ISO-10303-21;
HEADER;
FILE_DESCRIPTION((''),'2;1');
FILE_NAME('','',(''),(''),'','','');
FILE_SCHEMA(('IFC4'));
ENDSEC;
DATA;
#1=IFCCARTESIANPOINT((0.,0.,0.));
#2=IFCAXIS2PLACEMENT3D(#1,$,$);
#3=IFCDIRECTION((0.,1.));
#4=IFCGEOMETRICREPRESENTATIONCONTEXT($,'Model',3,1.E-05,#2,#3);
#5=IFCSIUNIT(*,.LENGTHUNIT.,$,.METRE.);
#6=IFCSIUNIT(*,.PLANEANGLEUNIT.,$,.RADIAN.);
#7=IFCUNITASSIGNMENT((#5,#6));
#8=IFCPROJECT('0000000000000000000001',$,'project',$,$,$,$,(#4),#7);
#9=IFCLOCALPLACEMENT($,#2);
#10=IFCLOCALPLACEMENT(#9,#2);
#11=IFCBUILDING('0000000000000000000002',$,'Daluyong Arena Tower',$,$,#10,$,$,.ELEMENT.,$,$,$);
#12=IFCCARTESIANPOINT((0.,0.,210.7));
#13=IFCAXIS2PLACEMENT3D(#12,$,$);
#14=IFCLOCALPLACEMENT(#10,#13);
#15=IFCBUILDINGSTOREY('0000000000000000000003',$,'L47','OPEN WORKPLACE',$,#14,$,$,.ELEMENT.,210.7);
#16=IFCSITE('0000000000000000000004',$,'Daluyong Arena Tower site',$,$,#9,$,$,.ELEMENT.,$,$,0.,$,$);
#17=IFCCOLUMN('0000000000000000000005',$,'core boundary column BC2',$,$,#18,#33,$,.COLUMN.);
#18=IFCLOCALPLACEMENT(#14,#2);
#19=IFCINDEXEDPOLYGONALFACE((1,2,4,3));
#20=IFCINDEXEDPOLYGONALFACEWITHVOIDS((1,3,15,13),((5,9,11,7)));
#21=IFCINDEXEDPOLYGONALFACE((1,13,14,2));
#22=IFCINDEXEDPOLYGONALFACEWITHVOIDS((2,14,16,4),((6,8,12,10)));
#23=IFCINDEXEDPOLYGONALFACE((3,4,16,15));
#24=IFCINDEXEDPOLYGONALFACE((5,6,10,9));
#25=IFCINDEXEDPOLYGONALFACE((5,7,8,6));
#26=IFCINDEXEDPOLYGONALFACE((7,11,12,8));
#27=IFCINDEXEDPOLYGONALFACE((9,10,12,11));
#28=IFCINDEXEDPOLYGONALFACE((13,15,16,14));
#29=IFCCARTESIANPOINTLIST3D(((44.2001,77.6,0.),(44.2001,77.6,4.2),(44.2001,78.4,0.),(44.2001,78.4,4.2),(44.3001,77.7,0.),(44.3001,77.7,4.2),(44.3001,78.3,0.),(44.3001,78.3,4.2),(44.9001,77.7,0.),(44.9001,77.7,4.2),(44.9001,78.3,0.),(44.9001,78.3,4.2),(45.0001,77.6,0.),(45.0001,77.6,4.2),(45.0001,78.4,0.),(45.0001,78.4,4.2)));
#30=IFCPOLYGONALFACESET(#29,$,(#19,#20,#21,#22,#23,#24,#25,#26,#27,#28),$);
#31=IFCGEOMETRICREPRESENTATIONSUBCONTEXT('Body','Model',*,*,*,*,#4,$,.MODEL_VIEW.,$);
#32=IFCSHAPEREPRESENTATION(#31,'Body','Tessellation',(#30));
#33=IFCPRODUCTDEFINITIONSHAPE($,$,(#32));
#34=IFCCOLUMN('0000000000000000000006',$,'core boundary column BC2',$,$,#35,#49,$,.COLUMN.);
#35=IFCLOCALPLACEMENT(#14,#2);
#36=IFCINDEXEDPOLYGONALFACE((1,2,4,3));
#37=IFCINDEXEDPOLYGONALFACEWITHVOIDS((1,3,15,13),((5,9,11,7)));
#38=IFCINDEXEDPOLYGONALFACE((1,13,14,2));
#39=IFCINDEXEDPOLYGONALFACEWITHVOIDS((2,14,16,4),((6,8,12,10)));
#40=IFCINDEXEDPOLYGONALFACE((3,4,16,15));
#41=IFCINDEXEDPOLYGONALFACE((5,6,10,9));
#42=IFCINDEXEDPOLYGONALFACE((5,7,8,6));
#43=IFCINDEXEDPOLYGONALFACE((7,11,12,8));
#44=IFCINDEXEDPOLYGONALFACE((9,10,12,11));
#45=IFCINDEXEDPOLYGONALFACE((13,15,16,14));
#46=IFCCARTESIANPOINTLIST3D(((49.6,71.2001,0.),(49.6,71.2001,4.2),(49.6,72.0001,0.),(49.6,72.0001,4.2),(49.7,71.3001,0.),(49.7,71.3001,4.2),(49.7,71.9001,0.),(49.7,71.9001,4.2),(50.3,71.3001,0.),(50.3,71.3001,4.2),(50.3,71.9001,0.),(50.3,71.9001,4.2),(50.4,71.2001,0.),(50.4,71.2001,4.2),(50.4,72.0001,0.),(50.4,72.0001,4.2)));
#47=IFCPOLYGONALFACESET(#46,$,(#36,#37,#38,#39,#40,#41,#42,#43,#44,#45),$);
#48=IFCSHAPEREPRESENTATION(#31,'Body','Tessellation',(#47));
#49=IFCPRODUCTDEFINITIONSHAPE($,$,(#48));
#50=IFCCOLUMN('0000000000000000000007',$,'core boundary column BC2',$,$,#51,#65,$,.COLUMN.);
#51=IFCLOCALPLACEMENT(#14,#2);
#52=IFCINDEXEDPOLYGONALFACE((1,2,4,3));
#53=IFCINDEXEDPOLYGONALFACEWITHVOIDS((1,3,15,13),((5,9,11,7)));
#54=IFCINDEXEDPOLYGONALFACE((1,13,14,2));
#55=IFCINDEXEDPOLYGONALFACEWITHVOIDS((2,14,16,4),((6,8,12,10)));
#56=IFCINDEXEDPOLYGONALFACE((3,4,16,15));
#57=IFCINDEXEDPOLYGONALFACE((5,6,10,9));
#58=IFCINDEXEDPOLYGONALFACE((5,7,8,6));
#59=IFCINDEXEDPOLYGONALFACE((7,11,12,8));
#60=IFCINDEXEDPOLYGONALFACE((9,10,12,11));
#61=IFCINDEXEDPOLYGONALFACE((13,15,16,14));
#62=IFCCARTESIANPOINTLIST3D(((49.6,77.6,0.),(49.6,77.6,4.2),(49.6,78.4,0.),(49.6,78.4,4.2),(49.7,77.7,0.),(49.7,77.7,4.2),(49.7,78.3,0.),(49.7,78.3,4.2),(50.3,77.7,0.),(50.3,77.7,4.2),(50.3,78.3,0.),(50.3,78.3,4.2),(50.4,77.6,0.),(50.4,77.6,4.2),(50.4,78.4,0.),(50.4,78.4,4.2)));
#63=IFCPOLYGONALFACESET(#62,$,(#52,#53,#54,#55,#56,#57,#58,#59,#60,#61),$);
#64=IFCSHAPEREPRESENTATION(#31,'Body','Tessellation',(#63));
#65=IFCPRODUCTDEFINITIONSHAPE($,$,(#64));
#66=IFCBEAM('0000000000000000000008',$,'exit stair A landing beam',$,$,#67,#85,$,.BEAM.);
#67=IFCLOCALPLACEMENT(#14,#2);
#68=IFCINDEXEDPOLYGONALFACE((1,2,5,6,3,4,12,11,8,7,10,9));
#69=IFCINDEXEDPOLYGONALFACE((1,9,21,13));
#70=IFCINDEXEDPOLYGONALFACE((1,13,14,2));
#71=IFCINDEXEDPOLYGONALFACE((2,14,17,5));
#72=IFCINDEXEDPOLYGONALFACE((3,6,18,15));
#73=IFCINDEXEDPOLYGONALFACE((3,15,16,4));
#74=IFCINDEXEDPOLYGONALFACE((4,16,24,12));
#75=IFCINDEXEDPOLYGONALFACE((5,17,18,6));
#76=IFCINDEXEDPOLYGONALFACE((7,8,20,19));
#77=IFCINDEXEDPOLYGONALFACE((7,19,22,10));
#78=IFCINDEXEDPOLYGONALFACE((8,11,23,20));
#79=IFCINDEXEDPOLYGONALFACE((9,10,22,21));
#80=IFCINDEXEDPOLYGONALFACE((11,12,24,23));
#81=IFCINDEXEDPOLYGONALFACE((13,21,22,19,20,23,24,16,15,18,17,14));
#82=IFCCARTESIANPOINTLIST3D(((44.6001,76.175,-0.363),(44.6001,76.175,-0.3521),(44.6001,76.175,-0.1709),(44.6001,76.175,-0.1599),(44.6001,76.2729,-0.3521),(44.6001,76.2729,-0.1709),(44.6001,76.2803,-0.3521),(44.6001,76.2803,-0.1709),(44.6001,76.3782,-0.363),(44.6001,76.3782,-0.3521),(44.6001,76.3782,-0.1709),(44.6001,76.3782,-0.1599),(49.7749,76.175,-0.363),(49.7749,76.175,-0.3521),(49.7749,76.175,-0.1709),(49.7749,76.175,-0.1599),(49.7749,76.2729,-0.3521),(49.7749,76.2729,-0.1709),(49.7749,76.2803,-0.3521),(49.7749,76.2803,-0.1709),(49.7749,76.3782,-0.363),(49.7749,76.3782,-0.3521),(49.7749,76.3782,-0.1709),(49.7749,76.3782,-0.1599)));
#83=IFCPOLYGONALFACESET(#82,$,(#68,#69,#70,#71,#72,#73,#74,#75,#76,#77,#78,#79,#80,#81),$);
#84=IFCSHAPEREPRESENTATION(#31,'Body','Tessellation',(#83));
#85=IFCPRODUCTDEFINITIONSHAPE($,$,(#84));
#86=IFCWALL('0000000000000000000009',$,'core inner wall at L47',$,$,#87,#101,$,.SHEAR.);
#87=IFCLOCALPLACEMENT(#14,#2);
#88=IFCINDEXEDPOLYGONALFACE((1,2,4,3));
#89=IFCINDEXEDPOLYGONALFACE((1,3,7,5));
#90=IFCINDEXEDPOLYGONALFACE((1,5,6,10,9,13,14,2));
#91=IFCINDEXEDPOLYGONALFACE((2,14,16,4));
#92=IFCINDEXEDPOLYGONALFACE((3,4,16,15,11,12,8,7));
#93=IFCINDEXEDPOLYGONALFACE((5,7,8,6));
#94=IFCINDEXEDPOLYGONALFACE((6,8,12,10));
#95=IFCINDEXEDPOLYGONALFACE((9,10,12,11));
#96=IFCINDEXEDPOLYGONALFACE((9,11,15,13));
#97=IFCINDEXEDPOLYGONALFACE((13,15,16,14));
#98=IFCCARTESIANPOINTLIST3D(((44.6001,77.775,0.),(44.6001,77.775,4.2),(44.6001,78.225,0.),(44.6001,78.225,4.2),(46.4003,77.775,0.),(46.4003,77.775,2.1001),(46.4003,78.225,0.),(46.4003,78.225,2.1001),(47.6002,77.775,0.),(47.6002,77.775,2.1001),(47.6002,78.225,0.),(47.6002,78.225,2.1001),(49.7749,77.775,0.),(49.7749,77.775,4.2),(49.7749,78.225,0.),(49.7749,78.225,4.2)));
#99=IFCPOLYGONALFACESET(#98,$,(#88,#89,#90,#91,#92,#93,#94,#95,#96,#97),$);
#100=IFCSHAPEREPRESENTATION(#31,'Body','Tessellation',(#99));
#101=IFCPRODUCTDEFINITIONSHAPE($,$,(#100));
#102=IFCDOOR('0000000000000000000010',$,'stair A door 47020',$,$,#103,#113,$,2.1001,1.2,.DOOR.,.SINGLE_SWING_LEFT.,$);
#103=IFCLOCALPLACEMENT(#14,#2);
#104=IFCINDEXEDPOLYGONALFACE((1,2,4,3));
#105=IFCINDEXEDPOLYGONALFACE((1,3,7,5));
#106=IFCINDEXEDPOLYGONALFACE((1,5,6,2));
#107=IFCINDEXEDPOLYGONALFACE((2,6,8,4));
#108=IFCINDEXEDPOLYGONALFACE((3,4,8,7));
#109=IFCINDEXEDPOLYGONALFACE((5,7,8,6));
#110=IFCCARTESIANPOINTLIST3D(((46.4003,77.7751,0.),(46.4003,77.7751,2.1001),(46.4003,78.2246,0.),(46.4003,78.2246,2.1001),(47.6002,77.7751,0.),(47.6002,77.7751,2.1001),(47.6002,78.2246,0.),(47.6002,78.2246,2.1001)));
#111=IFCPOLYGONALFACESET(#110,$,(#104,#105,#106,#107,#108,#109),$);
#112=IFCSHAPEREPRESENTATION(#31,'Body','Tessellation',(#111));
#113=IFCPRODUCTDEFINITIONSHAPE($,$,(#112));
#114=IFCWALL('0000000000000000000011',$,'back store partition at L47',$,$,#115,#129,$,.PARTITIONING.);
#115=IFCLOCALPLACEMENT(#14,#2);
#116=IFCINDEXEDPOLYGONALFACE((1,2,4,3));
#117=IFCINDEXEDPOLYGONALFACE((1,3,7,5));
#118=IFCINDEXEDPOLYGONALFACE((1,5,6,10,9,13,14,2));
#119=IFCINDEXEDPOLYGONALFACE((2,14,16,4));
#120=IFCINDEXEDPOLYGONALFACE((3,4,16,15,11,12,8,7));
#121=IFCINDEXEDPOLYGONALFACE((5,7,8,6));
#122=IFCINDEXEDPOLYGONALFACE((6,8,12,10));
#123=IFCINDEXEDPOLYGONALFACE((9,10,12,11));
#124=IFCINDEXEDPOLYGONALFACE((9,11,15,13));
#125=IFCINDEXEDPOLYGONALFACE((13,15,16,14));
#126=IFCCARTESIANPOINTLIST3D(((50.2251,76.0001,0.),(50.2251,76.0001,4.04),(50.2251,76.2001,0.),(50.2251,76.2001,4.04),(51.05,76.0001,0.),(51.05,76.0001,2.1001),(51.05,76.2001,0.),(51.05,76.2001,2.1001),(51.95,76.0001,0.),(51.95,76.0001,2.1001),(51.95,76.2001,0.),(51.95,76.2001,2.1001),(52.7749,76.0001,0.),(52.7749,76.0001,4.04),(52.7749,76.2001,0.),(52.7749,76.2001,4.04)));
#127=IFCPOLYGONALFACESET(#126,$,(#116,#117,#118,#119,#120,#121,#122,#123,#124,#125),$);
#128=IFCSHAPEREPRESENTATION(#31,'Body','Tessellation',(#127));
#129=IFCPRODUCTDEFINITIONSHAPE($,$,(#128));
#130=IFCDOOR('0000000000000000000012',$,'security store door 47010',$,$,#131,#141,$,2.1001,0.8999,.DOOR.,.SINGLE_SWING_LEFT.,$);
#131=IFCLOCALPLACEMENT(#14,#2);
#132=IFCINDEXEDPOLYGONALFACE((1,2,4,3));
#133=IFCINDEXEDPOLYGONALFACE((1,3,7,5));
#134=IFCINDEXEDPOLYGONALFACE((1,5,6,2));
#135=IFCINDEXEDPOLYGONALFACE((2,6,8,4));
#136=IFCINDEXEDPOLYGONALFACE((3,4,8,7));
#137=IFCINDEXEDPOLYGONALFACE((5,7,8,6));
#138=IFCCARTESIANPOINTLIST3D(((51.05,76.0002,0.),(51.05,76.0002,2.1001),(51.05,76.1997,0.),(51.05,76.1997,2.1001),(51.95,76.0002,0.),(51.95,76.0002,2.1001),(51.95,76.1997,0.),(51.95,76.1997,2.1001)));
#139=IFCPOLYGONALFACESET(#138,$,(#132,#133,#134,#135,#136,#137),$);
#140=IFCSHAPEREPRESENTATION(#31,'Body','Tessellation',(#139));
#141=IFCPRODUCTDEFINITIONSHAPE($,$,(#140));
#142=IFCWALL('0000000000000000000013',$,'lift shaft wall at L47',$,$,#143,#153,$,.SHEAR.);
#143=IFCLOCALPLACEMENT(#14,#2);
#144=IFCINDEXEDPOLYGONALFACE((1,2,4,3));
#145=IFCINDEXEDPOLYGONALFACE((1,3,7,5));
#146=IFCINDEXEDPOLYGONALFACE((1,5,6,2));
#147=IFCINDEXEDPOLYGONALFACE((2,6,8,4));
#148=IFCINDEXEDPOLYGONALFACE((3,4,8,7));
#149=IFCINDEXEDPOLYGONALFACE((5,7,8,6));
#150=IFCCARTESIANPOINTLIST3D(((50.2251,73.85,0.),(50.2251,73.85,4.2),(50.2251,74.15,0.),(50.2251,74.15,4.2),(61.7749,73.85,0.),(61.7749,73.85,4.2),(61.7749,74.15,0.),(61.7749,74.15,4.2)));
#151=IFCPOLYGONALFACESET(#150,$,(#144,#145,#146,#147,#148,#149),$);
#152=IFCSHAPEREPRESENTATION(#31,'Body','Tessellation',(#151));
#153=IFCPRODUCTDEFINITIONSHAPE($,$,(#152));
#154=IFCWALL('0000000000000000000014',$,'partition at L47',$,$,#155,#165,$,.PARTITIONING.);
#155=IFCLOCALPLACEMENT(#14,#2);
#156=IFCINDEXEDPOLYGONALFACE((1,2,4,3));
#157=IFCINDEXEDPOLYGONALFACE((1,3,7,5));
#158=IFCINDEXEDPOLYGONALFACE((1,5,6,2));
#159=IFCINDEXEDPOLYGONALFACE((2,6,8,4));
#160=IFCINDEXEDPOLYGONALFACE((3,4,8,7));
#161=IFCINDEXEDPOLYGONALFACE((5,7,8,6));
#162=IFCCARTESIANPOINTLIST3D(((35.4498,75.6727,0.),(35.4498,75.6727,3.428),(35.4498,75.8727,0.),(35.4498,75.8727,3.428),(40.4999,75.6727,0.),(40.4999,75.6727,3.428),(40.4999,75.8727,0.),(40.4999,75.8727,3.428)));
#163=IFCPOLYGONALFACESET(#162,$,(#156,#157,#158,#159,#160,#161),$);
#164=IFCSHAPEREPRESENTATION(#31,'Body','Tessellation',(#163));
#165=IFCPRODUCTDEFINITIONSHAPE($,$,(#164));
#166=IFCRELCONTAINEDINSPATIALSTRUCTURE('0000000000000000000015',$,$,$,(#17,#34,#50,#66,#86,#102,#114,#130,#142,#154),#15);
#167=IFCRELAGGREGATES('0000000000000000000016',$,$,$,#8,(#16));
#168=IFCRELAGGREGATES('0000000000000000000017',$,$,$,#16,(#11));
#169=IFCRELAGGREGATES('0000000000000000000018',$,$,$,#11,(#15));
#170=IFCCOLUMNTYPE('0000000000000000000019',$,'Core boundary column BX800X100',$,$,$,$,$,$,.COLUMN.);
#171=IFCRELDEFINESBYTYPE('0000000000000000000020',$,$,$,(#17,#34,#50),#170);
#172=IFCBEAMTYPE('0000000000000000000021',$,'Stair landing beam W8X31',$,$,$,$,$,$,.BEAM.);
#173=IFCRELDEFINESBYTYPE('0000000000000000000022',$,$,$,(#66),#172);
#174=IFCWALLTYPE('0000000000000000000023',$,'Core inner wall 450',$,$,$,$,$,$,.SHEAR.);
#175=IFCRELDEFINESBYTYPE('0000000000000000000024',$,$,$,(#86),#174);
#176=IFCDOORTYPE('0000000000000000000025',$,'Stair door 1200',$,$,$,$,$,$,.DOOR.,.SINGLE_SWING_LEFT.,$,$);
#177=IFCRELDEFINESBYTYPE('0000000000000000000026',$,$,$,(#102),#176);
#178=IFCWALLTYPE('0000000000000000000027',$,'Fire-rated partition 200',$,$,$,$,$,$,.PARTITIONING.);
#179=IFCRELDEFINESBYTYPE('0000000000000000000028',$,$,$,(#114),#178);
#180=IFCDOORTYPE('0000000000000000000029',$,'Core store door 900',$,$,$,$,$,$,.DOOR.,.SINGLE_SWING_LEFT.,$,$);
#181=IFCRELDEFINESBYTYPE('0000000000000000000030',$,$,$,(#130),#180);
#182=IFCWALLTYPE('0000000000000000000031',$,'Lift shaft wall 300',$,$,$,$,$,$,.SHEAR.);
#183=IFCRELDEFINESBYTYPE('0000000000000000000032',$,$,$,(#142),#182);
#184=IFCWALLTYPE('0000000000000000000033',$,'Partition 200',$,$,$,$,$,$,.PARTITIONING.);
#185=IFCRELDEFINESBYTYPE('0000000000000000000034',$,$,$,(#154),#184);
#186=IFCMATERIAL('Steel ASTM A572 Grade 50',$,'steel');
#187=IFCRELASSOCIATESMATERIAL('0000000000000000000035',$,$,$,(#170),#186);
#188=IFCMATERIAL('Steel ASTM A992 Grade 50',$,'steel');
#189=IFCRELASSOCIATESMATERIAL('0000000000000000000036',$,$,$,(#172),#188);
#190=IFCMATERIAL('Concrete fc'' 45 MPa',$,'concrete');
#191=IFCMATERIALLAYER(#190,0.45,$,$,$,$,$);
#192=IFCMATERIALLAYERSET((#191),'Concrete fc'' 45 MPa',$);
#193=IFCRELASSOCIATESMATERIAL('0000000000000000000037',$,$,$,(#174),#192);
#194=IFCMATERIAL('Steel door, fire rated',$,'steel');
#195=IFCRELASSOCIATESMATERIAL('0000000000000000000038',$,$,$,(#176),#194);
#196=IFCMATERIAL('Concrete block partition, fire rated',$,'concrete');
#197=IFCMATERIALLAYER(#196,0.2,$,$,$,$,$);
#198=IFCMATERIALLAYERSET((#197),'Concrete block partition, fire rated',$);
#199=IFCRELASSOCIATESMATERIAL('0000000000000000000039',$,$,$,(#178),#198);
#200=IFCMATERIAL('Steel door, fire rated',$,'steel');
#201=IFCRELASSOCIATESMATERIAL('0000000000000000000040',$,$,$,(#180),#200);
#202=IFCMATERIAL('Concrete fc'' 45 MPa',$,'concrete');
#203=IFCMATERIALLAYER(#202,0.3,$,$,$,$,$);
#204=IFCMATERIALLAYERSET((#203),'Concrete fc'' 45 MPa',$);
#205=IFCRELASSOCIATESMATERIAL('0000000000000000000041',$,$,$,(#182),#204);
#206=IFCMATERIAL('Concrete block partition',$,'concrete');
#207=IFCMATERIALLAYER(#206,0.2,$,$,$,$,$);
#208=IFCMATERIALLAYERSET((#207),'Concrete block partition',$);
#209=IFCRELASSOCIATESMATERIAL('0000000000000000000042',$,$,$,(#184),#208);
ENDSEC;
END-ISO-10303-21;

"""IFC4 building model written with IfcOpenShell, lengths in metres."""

from ifc_helpers import new_model, si_unit, direction, frame, frame_2d, origin, origin_2d, place, context, subcontext, project, spatial, rectangle, hollow_rectangle, i_section, extrude, material, layer, layer_set, material_profile, profile_set, type_object, element, fill, save


model = new_model("IFC4")

# Units and contexts
model_context = context("Model", 3, precision=1e-05, world=origin(), true_north=direction((0.0, 1.0)))
body_context = subcontext(model_context, "Body", "Model", "MODEL_VIEW")
ifc_project = project(units=[si_unit("LENGTHUNIT", "METRE"), si_unit("PLANEANGLEUNIT", "RADIAN")], contexts=[model_context])

# Site, building, storey
site_placement = place(None, origin())
site = spatial("IfcSite", under=ifc_project, at=site_placement, Name="Daluyong Arena Tower site", CompositionType="ELEMENT", RefElevation=0.0)
building_placement = place(site_placement, origin())
building = spatial("IfcBuilding", under=site, at=building_placement, Name="Daluyong Arena Tower", CompositionType="ELEMENT")
storey_placement = place(building_placement, frame((0.0, 0.0, 210.7)))
storey = spatial("IfcBuildingStorey", under=building, at=storey_placement, Name="L47", Description="OPEN WORKPLACE", CompositionType="ELEMENT", Elevation=210.7)

# Columns
ifc_material_1 = material(Name="Steel ASTM A572 Grade 50", Category="steel")
ifc_material_profile_1 = material_profile(ifc_material_1, hollow_rectangle(XDim=0.8, YDim=0.8, WallThickness=0.1, at=origin_2d()))
ifc_profile_set_1 = profile_set([ifc_material_profile_1], Name="Steel ASTM A572 Grade 50")
column_type = type_object("IfcColumnType", Name="Core boundary column BX800X100", PredefinedType="COLUMN", material=ifc_profile_set_1)
for number, where, z_axis, x_axis, name in (
    (1, (44.6001, 78.0, 0.0), (0.0, 0.0, 1.0), (1.0, 0.0, 0.0), "core boundary column BC2"),
    (2, (50.0, 71.6001, 0.0), (0.0, 0.0, 1.0), (1.0, 0.0, 0.0), "core boundary column BC2"),
    (3, (50.0, 78.0, 0.0), (0.0, 0.0, 1.0), (1.0, 0.0, 0.0), "core boundary column BC2"),
):
    element("IfcColumn", number, at=place(storey_placement, frame(where, z_axis=z_axis, x_axis=x_axis)), inside=storey, type_object=column_type, Name=name, PredefinedType="COLUMN", context=body_context, shape_type="SweptSolid", body=[
        extrude(hollow_rectangle(XDim=0.8, YDim=0.8, WallThickness=0.1, at=origin_2d()), origin(), (0.0, 0.0, 1.0), 4.2),
    ])

# Beam
ifc_material_2 = material(Name="Steel ASTM A992 Grade 50", Category="steel")
ifc_material_profile_2 = material_profile(ifc_material_2, i_section(OverallWidth=0.2031, OverallDepth=0.2031, WebThickness=0.0073, FlangeThickness=0.011, at=origin_2d()))
ifc_profile_set_2 = profile_set([ifc_material_profile_2], Name="Steel ASTM A992 Grade 50")
beam_type = type_object("IfcBeamType", Name="Stair landing beam W8X31", PredefinedType="BEAM", material=ifc_profile_set_2)
beam_placement = place(storey_placement, frame((44.6001, 76.2766, -0.2615), z_axis=(1.0, 0.0, 0.0), x_axis=(0.0, 1.0, 0.0)))
element("IfcBeam", 4, at=beam_placement, inside=storey, type_object=beam_type, Name="exit stair A landing beam", PredefinedType="BEAM", context=body_context, shape_type="SweptSolid", body=[
    extrude(i_section(OverallWidth=0.2031, OverallDepth=0.2031, WebThickness=0.0073, FlangeThickness=0.011, at=origin_2d()), origin(), (0.0, 0.0, 1.0), 5.1748),
])

# Walls, openings, doors
ifc_material_3 = material(Name="Concrete fc' 45 MPa", Category="concrete")
ifc_layer_1 = layer(ifc_material_3, 0.45)
ifc_layer_set_1 = layer_set([ifc_layer_1], Name="Concrete fc' 45 MPa")
wall_type_1 = type_object("IfcWallType", Name="Core inner wall 450", PredefinedType="SHEAR", material=ifc_layer_set_1)
wall_1_placement = place(storey_placement, frame((44.6001, 78.0, 0.0), z_axis=(0.0, 0.0, 1.0), x_axis=(1.0, 0.0, 0.0)))
wall_1 = element("IfcWall", 5, at=wall_1_placement, inside=storey, type_object=wall_type_1, Name="core inner wall at L47", PredefinedType="SHEAR", context=body_context, shape_type="SweptSolid", body=[
    extrude(rectangle(XDim=5.1748, YDim=0.45, at=frame_2d((2.5874, 0.0))), origin(), (0.0, 0.0, 1.0), 4.2),
])
opening_1_placement = place(wall_1_placement, frame((1.8, 0.0, 0.0)))
opening_1 = element("IfcOpeningElement", 6, at=opening_1_placement, cuts=wall_1, PredefinedType="OPENING", context=body_context, shape_type="SweptSolid", body=[
    extrude(rectangle(XDim=1.2, YDim=2.1001, at=frame_2d((0.6001, 1.05))), frame((0.0, 0.2349, 0.0), z_axis=(0.0, -1.0, 0.0), x_axis=(1.0, 0.0, 0.0)), (0.0, 0.0, 1.0), 0.47),
])
ifc_material_4 = material(Name="Steel door, fire rated", Category="steel")
door_type_1 = type_object("IfcDoorType", Name="Stair door 1200", OperationType="SINGLE_SWING_LEFT", PredefinedType="DOOR", material=ifc_material_4)
door_1_placement = place(opening_1_placement, origin())
door_1 = element("IfcDoor", 7, at=door_1_placement, inside=storey, type_object=door_type_1, Name="stair A door 47020", OperationType="SINGLE_SWING_LEFT", OverallHeight=2.1001, OverallWidth=1.2, PredefinedType="DOOR", context=body_context, shape_type="SweptSolid", body=[
    extrude(rectangle(XDim=1.2, YDim=2.1001, at=frame_2d((0.6001, 1.05))), frame((0.0, 0.2246, 0.0), z_axis=(0.0, -1.0, 0.0), x_axis=(1.0, 0.0, 0.0)), (0.0, 0.0, 1.0), 0.4495),
])
fill(opening_1, door_1)
ifc_material_5 = material(Name="Concrete block partition, fire rated", Category="concrete")
ifc_layer_2 = layer(ifc_material_5, 0.2)
ifc_layer_set_2 = layer_set([ifc_layer_2], Name="Concrete block partition, fire rated")
wall_type_2 = type_object("IfcWallType", Name="Fire-rated partition 200", PredefinedType="PARTITIONING", material=ifc_layer_set_2)
wall_2_placement = place(storey_placement, frame((50.2251, 76.1001, 0.0), z_axis=(0.0, 0.0, 1.0), x_axis=(1.0, 0.0, 0.0)))
wall_2 = element("IfcWall", 8, at=wall_2_placement, inside=storey, type_object=wall_type_2, Name="back store partition at L47", PredefinedType="PARTITIONING", context=body_context, shape_type="SweptSolid", body=[
    extrude(rectangle(XDim=2.5498, YDim=0.2, at=frame_2d((1.2749, 0.0))), origin(), (0.0, 0.0, 1.0), 4.04),
])
opening_2_placement = place(wall_2_placement, frame((0.825, 0.0, 0.0)))
opening_2 = element("IfcOpeningElement", 9, at=opening_2_placement, cuts=wall_2, PredefinedType="OPENING", context=body_context, shape_type="SweptSolid", body=[
    extrude(rectangle(XDim=0.8999, YDim=2.1001, at=frame_2d((0.45, 1.05))), frame((0.0, 0.1099, 0.0), z_axis=(0.0, -1.0, 0.0), x_axis=(1.0, 0.0, 0.0)), (0.0, 0.0, 1.0), 0.22),
])
ifc_material_6 = material(Name="Steel door, fire rated", Category="steel")
door_type_2 = type_object("IfcDoorType", Name="Core store door 900", OperationType="SINGLE_SWING_LEFT", PredefinedType="DOOR", material=ifc_material_6)
door_2_placement = place(opening_2_placement, origin())
door_2 = element("IfcDoor", 10, at=door_2_placement, inside=storey, type_object=door_type_2, Name="security store door 47010", OperationType="SINGLE_SWING_LEFT", OverallHeight=2.1001, OverallWidth=0.8999, PredefinedType="DOOR", context=body_context, shape_type="SweptSolid", body=[
    extrude(rectangle(XDim=0.8999, YDim=2.1001, at=frame_2d((0.45, 1.05))), frame((0.0, 0.0996, 0.0), z_axis=(0.0, -1.0, 0.0), x_axis=(1.0, 0.0, 0.0)), (0.0, 0.0, 1.0), 0.1995),
])
fill(opening_2, door_2)

# Walls
ifc_material_7 = material(Name="Concrete fc' 45 MPa", Category="concrete")
ifc_layer_3 = layer(ifc_material_7, 0.3)
ifc_layer_set_3 = layer_set([ifc_layer_3], Name="Concrete fc' 45 MPa")
wall_type_3 = type_object("IfcWallType", Name="Lift shaft wall 300", PredefinedType="SHEAR", material=ifc_layer_set_3)
wall_3_placement = place(storey_placement, frame((50.2251, 74.0, 0.0), z_axis=(0.0, 0.0, 1.0), x_axis=(1.0, 0.0, 0.0)))
element("IfcWall", 11, at=wall_3_placement, inside=storey, type_object=wall_type_3, Name="lift shaft wall at L47", PredefinedType="SHEAR", context=body_context, shape_type="SweptSolid", body=[
    extrude(rectangle(XDim=11.5498, YDim=0.3, at=frame_2d((5.7749, 0.0))), origin(), (0.0, 0.0, 1.0), 4.2),
])
ifc_material_8 = material(Name="Concrete block partition", Category="concrete")
ifc_layer_4 = layer(ifc_material_8, 0.2)
ifc_layer_set_4 = layer_set([ifc_layer_4], Name="Concrete block partition")
wall_type_4 = type_object("IfcWallType", Name="Partition 200", PredefinedType="PARTITIONING", material=ifc_layer_set_4)
wall_4_placement = place(storey_placement, frame((35.45, 75.7727, 0.0), z_axis=(0.0, 0.0, 1.0), x_axis=(1.0, 0.0, 0.0)))
element("IfcWall", 12, at=wall_4_placement, inside=storey, type_object=wall_type_4, Name="partition at L47", PredefinedType="PARTITIONING", context=body_context, shape_type="SweptSolid", body=[
    extrude(rectangle(XDim=5.05, YDim=0.2, at=frame_2d((2.5249, 0.0))), origin(), (0.0, 0.0, 1.0), 3.428),
])

save(model, "model.ifc")
